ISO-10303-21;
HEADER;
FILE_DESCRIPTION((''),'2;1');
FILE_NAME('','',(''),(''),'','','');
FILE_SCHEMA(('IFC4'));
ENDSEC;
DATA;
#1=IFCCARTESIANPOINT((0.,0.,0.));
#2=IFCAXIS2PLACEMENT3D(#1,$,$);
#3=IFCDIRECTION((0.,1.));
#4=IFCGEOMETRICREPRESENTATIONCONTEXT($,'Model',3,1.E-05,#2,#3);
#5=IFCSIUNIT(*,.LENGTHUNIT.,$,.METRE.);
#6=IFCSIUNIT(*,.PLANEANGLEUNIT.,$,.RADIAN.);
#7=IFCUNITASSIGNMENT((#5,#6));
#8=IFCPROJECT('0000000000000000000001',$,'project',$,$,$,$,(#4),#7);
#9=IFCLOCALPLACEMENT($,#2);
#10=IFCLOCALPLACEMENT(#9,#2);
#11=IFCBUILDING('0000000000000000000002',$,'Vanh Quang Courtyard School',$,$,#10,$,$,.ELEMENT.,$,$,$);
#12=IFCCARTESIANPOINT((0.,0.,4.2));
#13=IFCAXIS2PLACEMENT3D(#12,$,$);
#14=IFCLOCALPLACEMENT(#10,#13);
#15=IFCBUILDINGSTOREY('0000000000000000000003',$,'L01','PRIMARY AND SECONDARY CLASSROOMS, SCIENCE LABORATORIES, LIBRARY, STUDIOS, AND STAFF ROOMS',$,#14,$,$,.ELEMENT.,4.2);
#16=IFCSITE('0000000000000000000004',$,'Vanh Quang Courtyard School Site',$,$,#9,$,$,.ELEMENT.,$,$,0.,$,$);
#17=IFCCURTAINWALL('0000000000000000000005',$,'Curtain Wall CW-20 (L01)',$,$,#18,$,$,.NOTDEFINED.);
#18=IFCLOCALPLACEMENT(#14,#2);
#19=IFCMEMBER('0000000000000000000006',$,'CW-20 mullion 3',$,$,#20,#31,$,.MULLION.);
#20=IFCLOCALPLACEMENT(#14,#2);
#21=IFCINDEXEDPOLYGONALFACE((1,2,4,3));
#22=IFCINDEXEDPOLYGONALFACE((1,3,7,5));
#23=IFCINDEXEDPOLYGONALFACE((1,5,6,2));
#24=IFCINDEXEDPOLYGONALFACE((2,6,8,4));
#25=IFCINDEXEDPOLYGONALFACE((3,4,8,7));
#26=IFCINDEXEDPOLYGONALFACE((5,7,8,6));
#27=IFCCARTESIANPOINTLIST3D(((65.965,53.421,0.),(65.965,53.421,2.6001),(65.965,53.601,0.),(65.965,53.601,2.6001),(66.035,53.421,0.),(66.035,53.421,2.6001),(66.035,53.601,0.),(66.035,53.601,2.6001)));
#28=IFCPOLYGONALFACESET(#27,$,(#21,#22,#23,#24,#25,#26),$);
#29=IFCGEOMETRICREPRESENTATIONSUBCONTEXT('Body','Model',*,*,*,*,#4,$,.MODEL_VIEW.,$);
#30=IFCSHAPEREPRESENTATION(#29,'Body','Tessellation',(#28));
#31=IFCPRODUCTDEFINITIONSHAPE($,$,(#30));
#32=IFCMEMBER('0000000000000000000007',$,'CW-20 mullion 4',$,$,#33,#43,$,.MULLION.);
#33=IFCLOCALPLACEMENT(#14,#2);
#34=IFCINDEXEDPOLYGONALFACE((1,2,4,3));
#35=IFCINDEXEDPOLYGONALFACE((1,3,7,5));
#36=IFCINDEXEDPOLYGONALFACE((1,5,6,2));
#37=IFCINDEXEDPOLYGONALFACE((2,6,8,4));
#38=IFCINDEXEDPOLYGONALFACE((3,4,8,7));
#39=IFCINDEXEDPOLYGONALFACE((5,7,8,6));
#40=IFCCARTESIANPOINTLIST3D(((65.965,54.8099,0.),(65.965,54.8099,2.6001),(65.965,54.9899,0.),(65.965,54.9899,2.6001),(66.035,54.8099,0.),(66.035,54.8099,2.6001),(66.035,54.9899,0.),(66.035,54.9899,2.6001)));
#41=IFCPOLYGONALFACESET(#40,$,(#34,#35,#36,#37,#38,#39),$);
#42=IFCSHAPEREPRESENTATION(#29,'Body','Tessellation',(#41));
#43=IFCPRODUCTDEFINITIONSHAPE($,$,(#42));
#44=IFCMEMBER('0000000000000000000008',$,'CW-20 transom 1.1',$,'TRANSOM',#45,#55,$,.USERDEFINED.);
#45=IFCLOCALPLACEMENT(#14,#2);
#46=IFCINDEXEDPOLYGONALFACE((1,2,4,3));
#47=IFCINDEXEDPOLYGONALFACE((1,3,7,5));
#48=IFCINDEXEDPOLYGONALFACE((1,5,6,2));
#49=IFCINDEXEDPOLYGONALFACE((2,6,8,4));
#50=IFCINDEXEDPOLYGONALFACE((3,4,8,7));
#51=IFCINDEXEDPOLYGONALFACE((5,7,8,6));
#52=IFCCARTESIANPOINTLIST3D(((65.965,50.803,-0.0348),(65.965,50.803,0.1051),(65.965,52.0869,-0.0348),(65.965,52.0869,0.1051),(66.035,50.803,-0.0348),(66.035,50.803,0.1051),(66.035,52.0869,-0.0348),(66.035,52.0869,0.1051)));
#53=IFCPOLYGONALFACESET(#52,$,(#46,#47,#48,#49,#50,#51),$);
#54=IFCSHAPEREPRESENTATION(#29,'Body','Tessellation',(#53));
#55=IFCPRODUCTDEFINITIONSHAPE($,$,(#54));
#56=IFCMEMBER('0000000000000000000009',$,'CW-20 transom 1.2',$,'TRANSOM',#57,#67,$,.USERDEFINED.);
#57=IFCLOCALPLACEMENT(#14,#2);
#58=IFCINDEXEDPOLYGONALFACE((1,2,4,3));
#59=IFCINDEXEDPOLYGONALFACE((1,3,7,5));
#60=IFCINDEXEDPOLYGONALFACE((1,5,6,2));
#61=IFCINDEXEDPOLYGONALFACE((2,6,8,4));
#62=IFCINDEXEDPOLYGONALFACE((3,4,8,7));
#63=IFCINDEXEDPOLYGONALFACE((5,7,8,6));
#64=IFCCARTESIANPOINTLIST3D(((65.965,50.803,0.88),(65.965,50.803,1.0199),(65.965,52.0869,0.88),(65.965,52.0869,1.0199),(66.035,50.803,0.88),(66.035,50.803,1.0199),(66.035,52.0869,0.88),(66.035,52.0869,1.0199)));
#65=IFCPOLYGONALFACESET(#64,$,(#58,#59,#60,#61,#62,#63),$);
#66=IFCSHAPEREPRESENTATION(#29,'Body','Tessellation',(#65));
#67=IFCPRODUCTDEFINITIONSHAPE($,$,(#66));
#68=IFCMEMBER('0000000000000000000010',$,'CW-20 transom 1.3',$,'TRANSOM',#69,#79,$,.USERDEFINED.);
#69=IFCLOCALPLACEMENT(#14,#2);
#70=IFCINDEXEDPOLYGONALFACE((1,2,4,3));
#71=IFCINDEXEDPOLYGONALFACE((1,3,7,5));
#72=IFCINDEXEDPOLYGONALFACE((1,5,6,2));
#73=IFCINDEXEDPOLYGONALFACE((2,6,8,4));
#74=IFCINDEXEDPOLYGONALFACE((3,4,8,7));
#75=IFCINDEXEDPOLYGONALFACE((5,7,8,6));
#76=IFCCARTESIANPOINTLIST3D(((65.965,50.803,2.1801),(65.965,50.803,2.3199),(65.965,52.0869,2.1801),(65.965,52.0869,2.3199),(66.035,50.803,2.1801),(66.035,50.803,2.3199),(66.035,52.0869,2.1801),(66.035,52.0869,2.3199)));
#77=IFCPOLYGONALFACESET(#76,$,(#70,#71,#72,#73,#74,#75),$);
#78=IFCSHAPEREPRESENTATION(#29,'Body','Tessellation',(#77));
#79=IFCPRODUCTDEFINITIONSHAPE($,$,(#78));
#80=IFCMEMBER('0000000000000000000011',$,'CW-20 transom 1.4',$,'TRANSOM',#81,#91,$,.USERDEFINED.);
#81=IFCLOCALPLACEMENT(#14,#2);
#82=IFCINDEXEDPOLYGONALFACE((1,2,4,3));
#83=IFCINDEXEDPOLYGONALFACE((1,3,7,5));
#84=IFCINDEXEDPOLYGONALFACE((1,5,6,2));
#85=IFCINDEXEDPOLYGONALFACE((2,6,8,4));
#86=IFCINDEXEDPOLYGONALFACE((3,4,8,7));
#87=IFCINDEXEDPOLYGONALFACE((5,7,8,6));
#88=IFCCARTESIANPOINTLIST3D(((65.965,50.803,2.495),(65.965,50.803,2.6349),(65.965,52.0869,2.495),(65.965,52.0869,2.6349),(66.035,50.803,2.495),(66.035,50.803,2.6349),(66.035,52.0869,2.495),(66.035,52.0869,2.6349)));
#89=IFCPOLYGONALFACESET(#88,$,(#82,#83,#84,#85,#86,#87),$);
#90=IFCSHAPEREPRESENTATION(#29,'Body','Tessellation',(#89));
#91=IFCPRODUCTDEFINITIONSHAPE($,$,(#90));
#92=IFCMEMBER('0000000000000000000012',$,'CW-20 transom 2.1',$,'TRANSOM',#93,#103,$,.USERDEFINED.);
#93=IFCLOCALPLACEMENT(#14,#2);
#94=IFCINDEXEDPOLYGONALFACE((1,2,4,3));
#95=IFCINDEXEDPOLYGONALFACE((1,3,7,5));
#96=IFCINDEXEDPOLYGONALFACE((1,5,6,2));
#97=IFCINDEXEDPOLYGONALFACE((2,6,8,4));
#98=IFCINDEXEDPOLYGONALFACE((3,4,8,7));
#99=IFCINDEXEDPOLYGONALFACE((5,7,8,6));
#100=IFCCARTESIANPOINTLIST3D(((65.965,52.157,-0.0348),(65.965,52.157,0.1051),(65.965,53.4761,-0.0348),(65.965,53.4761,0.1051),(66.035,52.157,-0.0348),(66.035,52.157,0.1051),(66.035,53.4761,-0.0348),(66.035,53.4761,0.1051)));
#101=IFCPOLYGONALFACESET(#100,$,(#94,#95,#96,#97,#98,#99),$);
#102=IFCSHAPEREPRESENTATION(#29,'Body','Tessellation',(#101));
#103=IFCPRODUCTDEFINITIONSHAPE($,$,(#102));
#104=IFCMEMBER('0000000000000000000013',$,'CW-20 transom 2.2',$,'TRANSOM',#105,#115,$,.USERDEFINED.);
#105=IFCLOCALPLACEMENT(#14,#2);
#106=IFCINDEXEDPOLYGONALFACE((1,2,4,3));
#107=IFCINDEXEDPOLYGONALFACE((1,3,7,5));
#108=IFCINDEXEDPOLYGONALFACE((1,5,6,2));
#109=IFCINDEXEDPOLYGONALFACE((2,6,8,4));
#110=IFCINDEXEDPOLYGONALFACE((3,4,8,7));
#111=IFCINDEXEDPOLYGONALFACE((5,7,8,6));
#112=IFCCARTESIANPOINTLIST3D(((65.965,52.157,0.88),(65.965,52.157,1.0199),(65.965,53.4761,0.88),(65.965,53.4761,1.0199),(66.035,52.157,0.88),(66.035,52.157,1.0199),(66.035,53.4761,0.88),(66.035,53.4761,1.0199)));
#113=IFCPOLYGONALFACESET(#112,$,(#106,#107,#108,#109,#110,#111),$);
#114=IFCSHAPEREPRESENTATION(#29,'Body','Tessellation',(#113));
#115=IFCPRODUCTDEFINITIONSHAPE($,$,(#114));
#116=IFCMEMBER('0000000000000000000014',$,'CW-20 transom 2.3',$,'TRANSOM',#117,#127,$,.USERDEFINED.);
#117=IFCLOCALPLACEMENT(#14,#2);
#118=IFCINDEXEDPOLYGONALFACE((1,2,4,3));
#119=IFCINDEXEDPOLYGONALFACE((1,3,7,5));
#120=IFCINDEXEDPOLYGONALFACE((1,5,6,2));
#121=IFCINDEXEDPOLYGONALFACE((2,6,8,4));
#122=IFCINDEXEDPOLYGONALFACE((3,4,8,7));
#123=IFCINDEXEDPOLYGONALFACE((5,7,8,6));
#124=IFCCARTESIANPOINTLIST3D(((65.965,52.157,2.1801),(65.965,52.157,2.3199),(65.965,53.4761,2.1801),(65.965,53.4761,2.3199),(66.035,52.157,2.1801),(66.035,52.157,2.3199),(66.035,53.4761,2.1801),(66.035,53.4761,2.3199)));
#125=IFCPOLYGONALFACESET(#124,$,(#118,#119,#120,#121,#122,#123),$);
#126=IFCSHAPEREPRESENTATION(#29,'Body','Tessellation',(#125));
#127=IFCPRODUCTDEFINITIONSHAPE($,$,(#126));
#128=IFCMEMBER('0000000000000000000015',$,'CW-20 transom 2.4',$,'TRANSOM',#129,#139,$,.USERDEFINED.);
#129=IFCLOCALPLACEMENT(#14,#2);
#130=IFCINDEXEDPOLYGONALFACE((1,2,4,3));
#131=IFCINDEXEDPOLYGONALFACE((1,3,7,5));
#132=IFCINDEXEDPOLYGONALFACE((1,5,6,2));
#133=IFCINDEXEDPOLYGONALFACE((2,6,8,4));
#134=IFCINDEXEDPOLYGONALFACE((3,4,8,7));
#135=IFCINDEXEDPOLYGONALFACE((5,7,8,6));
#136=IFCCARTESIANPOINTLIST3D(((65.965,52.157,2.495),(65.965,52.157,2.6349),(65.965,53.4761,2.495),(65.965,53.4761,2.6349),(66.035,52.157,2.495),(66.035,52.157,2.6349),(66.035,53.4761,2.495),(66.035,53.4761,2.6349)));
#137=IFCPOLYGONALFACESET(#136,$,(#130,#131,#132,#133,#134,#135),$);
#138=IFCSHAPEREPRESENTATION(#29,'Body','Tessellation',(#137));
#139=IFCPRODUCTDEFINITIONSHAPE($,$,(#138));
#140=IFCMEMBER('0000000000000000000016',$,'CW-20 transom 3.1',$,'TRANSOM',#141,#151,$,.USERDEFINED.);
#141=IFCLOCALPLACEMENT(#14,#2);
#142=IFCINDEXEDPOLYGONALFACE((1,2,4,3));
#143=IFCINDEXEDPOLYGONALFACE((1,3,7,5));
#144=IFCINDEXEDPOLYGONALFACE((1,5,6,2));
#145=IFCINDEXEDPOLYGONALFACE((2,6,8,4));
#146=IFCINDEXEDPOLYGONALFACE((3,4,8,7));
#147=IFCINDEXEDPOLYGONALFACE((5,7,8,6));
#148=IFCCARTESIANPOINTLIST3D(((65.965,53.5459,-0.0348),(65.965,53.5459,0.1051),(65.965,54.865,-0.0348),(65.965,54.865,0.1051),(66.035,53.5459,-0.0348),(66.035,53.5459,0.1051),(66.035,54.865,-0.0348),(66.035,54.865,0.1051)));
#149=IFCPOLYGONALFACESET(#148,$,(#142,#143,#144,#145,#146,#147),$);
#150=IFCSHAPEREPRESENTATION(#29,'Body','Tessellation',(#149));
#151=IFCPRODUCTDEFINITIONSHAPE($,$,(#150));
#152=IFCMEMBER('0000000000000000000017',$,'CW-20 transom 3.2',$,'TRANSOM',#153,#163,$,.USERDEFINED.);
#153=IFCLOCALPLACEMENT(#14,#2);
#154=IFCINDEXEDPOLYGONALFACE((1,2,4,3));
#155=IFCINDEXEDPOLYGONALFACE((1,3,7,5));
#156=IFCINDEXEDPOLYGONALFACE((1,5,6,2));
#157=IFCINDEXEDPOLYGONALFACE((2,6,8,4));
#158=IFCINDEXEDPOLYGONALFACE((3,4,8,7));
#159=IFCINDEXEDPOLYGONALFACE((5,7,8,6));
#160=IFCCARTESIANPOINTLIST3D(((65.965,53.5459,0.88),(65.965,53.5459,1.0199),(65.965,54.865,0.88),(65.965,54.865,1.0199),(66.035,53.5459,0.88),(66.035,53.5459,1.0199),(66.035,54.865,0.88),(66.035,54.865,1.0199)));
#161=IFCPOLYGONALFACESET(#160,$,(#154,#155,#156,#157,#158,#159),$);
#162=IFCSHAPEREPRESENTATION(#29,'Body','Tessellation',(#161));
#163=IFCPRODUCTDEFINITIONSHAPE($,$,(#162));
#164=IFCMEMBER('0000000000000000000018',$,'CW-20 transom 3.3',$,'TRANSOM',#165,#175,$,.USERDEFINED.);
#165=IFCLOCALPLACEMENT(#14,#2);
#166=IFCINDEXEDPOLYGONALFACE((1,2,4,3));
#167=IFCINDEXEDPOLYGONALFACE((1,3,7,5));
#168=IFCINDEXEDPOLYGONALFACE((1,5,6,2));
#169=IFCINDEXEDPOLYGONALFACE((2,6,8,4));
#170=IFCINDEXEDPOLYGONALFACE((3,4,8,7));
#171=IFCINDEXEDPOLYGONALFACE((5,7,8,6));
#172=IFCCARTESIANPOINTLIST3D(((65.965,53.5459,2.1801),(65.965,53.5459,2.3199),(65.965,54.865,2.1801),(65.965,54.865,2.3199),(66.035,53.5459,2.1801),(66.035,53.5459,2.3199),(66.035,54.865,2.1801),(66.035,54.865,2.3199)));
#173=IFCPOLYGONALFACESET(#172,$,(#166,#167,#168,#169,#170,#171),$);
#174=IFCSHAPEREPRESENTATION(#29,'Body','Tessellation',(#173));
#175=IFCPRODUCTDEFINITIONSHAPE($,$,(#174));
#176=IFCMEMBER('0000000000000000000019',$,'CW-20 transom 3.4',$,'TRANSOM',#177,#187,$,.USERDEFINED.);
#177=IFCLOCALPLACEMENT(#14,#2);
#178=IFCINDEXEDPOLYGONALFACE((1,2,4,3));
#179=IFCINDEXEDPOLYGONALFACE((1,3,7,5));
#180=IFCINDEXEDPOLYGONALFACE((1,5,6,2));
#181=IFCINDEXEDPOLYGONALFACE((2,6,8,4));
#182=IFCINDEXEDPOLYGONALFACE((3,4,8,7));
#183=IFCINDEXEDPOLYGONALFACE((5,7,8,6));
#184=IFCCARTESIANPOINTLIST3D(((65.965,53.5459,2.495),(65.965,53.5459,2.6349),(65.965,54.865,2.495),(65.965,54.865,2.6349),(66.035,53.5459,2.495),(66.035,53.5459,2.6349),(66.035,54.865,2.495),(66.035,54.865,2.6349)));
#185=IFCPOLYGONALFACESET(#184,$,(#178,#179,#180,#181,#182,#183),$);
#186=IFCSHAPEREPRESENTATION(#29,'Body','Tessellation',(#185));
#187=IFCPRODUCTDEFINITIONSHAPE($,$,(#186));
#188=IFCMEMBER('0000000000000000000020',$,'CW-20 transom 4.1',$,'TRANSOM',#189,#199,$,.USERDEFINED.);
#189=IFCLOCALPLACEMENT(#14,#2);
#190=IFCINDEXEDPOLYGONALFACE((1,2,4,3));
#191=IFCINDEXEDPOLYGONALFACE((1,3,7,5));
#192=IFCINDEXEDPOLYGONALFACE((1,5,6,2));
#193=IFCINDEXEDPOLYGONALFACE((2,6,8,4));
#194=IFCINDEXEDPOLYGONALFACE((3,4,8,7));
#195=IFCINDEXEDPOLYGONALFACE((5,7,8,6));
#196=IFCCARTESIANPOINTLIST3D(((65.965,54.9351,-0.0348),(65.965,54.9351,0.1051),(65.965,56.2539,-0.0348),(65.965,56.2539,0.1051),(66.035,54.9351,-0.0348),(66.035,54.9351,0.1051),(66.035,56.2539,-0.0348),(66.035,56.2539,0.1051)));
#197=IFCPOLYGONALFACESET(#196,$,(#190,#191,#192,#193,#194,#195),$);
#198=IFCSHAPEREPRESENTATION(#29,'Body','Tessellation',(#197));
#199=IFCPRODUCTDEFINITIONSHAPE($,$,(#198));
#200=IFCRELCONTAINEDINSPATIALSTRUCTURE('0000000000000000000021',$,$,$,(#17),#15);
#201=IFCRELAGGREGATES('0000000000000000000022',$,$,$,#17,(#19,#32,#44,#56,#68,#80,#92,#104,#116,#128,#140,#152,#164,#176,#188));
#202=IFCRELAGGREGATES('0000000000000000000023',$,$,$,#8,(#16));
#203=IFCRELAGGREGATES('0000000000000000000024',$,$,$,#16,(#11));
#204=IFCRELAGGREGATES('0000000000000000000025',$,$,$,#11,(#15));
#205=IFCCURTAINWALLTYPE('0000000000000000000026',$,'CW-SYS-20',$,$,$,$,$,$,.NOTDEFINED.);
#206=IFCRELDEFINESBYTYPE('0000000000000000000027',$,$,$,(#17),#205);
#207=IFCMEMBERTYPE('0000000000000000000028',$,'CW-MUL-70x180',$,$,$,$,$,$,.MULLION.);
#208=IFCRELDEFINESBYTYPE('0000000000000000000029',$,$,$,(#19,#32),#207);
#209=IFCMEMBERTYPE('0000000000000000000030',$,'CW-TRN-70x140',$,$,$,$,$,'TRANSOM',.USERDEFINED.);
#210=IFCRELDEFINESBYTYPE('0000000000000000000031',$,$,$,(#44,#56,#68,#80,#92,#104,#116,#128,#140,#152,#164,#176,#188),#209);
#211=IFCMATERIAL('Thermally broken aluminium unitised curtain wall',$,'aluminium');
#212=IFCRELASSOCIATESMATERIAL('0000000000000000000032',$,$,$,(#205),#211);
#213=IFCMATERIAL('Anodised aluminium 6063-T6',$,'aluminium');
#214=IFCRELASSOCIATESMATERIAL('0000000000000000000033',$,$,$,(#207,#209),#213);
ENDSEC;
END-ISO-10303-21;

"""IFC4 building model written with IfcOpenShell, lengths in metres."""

from ifc_helpers import new_model, si_unit, direction, frame, origin, origin_2d, place, context, subcontext, project, spatial, rectangle, extrude, material, material_profile, profile_set, type_object, element, aggregate, save


model = new_model("IFC4")

# Units and contexts
model_context = context("Model", 3, precision=1e-05, world=origin(), true_north=direction((0.0, 1.0)))
body_context = subcontext(model_context, "Body", "Model", "MODEL_VIEW")
ifc_project = project(units=[si_unit("LENGTHUNIT", "METRE"), si_unit("PLANEANGLEUNIT", "RADIAN")], contexts=[model_context])

# Site, building, storey
site_placement = place(None, origin())
site = spatial("IfcSite", under=ifc_project, at=site_placement, Name="Vanh Quang Courtyard School Site", CompositionType="ELEMENT", RefElevation=0.0)
building_placement = place(site_placement, origin())
building = spatial("IfcBuilding", under=site, at=building_placement, Name="Vanh Quang Courtyard School", CompositionType="ELEMENT")
storey_placement = place(building_placement, frame((0.0, 0.0, 4.2)))
storey = spatial("IfcBuildingStorey", under=building, at=storey_placement, Name="L01", Description="PRIMARY AND SECONDARY CLASSROOMS, SCIENCE LABORATORIES, LIBRARY, STUDIOS, AND STAFF ROOMS", CompositionType="ELEMENT", Elevation=4.2)

# Curtain wall, members
ifc_material_1 = material(Name="Thermally broken aluminium unitised curtain wall", Category="aluminium")
curtain_wall_type = type_object("IfcCurtainWallType", Name="CW-SYS-20", PredefinedType="NOTDEFINED", material=ifc_material_1)
curtain_wall_placement = place(storey_placement, origin())
curtain_wall = element("IfcCurtainWall", 1, at=curtain_wall_placement, inside=storey, type_object=curtain_wall_type, Name="Curtain Wall CW-20 (L01)", PredefinedType="NOTDEFINED")
ifc_material_2 = material(Name="Anodised aluminium 6063-T6", Category="aluminium")
ifc_material_profile_1 = material_profile(ifc_material_2, rectangle(XDim=0.0701, YDim=0.1799, at=origin_2d()), Name="ALU-MUL 70x180")
ifc_profile_set_1 = profile_set([ifc_material_profile_1], Name="Anodised aluminium 6063-T6")
member_type_1 = type_object("IfcMemberType", Name="CW-MUL-70x180", PredefinedType="MULLION", material=ifc_profile_set_1)
member_1_placement = place(storey_placement, frame((66.0, 53.511, 0.0), z_axis=(0.0, 0.0, 1.0), x_axis=(-1.0, 0.0, 0.0)))
member_1 = element("IfcMember", 2, at=member_1_placement, type_object=member_type_1, Name="CW-20 mullion 3", PredefinedType="MULLION", context=body_context, shape_type="SweptSolid", body=[
    extrude(rectangle(XDim=0.0701, YDim=0.1799, at=origin_2d()), origin(), (0.0, 0.0, 1.0), 2.6001),
])
member_2_placement = place(storey_placement, frame((66.0, 54.8999, 0.0), z_axis=(0.0, 0.0, 1.0), x_axis=(-1.0, 0.0, 0.0)))
member_2 = element("IfcMember", 3, at=member_2_placement, type_object=member_type_1, Name="CW-20 mullion 4", PredefinedType="MULLION", context=body_context, shape_type="SweptSolid", body=[
    extrude(rectangle(XDim=0.0701, YDim=0.1799, at=origin_2d()), origin(), (0.0, 0.0, 1.0), 2.6001),
])
ifc_material_profile_2 = material_profile(ifc_material_2, rectangle(XDim=0.0701, YDim=0.1399, at=origin_2d()), Name="ALU-TRN 70x140")
ifc_profile_set_2 = profile_set([ifc_material_profile_2], Name="Anodised aluminium 6063-T6")
member_type_2 = type_object("IfcMemberType", Name="CW-TRN-70x140", ElementType="TRANSOM", PredefinedType="USERDEFINED", material=ifc_profile_set_2)
member_3_placement = place(storey_placement, frame((66.0, 50.803, 0.0352), z_axis=(0.0, 1.0, 0.0), x_axis=(-1.0, 0.0, 0.0)))
member_3 = element("IfcMember", 4, at=member_3_placement, type_object=member_type_2, Name="CW-20 transom 1.1", ObjectType="TRANSOM", PredefinedType="USERDEFINED", context=body_context, shape_type="SweptSolid", body=[
    extrude(rectangle(XDim=0.0701, YDim=0.1399, at=origin_2d()), origin(), (0.0, 0.0, 1.0), 1.2839),
])
member_4_placement = place(storey_placement, frame((66.0, 50.803, 0.95), z_axis=(0.0, 1.0, 0.0), x_axis=(-1.0, 0.0, 0.0)))
member_4 = element("IfcMember", 5, at=member_4_placement, type_object=member_type_2, Name="CW-20 transom 1.2", ObjectType="TRANSOM", PredefinedType="USERDEFINED", context=body_context, shape_type="SweptSolid", body=[
    extrude(rectangle(XDim=0.0701, YDim=0.1399, at=origin_2d()), origin(), (0.0, 0.0, 1.0), 1.2839),
])
member_5_placement = place(storey_placement, frame((66.0, 50.803, 2.25), z_axis=(0.0, 1.0, 0.0), x_axis=(-1.0, 0.0, 0.0)))
member_5 = element("IfcMember", 6, at=member_5_placement, type_object=member_type_2, Name="CW-20 transom 1.3", ObjectType="TRANSOM", PredefinedType="USERDEFINED", context=body_context, shape_type="SweptSolid", body=[
    extrude(rectangle(XDim=0.0701, YDim=0.1399, at=origin_2d()), origin(), (0.0, 0.0, 1.0), 1.2839),
])
member_6_placement = place(storey_placement, frame((66.0, 50.803, 2.5649), z_axis=(0.0, 1.0, 0.0), x_axis=(-1.0, 0.0, 0.0)))
member_6 = element("IfcMember", 7, at=member_6_placement, type_object=member_type_2, Name="CW-20 transom 1.4", ObjectType="TRANSOM", PredefinedType="USERDEFINED", context=body_context, shape_type="SweptSolid", body=[
    extrude(rectangle(XDim=0.0701, YDim=0.1399, at=origin_2d()), origin(), (0.0, 0.0, 1.0), 1.2839),
])
member_7_placement = place(storey_placement, frame((66.0, 52.157, 0.0352), z_axis=(0.0, 1.0, 0.0), x_axis=(-1.0, 0.0, 0.0)))
member_7 = element("IfcMember", 8, at=member_7_placement, type_object=member_type_2, Name="CW-20 transom 2.1", ObjectType="TRANSOM", PredefinedType="USERDEFINED", context=body_context, shape_type="SweptSolid", body=[
    extrude(rectangle(XDim=0.0701, YDim=0.1399, at=origin_2d()), origin(), (0.0, 0.0, 1.0), 1.3191),
])
member_8_placement = place(storey_placement, frame((66.0, 52.157, 0.95), z_axis=(0.0, 1.0, 0.0), x_axis=(-1.0, 0.0, 0.0)))
member_8 = element("IfcMember", 9, at=member_8_placement, type_object=member_type_2, Name="CW-20 transom 2.2", ObjectType="TRANSOM", PredefinedType="USERDEFINED", context=body_context, shape_type="SweptSolid", body=[
    extrude(rectangle(XDim=0.0701, YDim=0.1399, at=origin_2d()), origin(), (0.0, 0.0, 1.0), 1.3191),
])
member_9_placement = place(storey_placement, frame((66.0, 52.157, 2.25), z_axis=(0.0, 1.0, 0.0), x_axis=(-1.0, 0.0, 0.0)))
member_9 = element("IfcMember", 10, at=member_9_placement, type_object=member_type_2, Name="CW-20 transom 2.3", ObjectType="TRANSOM", PredefinedType="USERDEFINED", context=body_context, shape_type="SweptSolid", body=[
    extrude(rectangle(XDim=0.0701, YDim=0.1399, at=origin_2d()), origin(), (0.0, 0.0, 1.0), 1.3191),
])
member_10_placement = place(storey_placement, frame((66.0, 52.157, 2.5649), z_axis=(0.0, 1.0, 0.0), x_axis=(-1.0, 0.0, 0.0)))
member_10 = element("IfcMember", 11, at=member_10_placement, type_object=member_type_2, Name="CW-20 transom 2.4", ObjectType="TRANSOM", PredefinedType="USERDEFINED", context=body_context, shape_type="SweptSolid", body=[
    extrude(rectangle(XDim=0.0701, YDim=0.1399, at=origin_2d()), origin(), (0.0, 0.0, 1.0), 1.3191),
])
member_11_placement = place(storey_placement, frame((66.0, 53.5459, 0.0352), z_axis=(0.0, 1.0, 0.0), x_axis=(-1.0, 0.0, 0.0)))
member_11 = element("IfcMember", 12, at=member_11_placement, type_object=member_type_2, Name="CW-20 transom 3.1", ObjectType="TRANSOM", PredefinedType="USERDEFINED", context=body_context, shape_type="SweptSolid", body=[
    extrude(rectangle(XDim=0.0701, YDim=0.1399, at=origin_2d()), origin(), (0.0, 0.0, 1.0), 1.3191),
])
member_12_placement = place(storey_placement, frame((66.0, 53.5459, 0.95), z_axis=(0.0, 1.0, 0.0), x_axis=(-1.0, 0.0, 0.0)))
member_12 = element("IfcMember", 13, at=member_12_placement, type_object=member_type_2, Name="CW-20 transom 3.2", ObjectType="TRANSOM", PredefinedType="USERDEFINED", context=body_context, shape_type="SweptSolid", body=[
    extrude(rectangle(XDim=0.0701, YDim=0.1399, at=origin_2d()), origin(), (0.0, 0.0, 1.0), 1.3191),
])
member_13_placement = place(storey_placement, frame((66.0, 53.5459, 2.25), z_axis=(0.0, 1.0, 0.0), x_axis=(-1.0, 0.0, 0.0)))
member_13 = element("IfcMember", 14, at=member_13_placement, type_object=member_type_2, Name="CW-20 transom 3.3", ObjectType="TRANSOM", PredefinedType="USERDEFINED", context=body_context, shape_type="SweptSolid", body=[
    extrude(rectangle(XDim=0.0701, YDim=0.1399, at=origin_2d()), origin(), (0.0, 0.0, 1.0), 1.3191),
])
member_14_placement = place(storey_placement, frame((66.0, 53.5459, 2.5649), z_axis=(0.0, 1.0, 0.0), x_axis=(-1.0, 0.0, 0.0)))
member_14 = element("IfcMember", 15, at=member_14_placement, type_object=member_type_2, Name="CW-20 transom 3.4", ObjectType="TRANSOM", PredefinedType="USERDEFINED", context=body_context, shape_type="SweptSolid", body=[
    extrude(rectangle(XDim=0.0701, YDim=0.1399, at=origin_2d()), origin(), (0.0, 0.0, 1.0), 1.3191),
])
member_15_placement = place(storey_placement, frame((66.0, 54.9351, 0.0352), z_axis=(0.0, 1.0, 0.0), x_axis=(-1.0, 0.0, 0.0)))
member_15 = element("IfcMember", 16, at=member_15_placement, type_object=member_type_2, Name="CW-20 transom 4.1", ObjectType="TRANSOM", PredefinedType="USERDEFINED", context=body_context, shape_type="SweptSolid", body=[
    extrude(rectangle(XDim=0.0701, YDim=0.1399, at=origin_2d()), origin(), (0.0, 0.0, 1.0), 1.3188),
])
aggregate(curtain_wall, [member_1, member_2, member_3, member_4, member_5, member_6, member_7, member_8, member_9, member_10, member_11, member_12, member_13, member_14, member_15])

save(model, "model.ifc")
